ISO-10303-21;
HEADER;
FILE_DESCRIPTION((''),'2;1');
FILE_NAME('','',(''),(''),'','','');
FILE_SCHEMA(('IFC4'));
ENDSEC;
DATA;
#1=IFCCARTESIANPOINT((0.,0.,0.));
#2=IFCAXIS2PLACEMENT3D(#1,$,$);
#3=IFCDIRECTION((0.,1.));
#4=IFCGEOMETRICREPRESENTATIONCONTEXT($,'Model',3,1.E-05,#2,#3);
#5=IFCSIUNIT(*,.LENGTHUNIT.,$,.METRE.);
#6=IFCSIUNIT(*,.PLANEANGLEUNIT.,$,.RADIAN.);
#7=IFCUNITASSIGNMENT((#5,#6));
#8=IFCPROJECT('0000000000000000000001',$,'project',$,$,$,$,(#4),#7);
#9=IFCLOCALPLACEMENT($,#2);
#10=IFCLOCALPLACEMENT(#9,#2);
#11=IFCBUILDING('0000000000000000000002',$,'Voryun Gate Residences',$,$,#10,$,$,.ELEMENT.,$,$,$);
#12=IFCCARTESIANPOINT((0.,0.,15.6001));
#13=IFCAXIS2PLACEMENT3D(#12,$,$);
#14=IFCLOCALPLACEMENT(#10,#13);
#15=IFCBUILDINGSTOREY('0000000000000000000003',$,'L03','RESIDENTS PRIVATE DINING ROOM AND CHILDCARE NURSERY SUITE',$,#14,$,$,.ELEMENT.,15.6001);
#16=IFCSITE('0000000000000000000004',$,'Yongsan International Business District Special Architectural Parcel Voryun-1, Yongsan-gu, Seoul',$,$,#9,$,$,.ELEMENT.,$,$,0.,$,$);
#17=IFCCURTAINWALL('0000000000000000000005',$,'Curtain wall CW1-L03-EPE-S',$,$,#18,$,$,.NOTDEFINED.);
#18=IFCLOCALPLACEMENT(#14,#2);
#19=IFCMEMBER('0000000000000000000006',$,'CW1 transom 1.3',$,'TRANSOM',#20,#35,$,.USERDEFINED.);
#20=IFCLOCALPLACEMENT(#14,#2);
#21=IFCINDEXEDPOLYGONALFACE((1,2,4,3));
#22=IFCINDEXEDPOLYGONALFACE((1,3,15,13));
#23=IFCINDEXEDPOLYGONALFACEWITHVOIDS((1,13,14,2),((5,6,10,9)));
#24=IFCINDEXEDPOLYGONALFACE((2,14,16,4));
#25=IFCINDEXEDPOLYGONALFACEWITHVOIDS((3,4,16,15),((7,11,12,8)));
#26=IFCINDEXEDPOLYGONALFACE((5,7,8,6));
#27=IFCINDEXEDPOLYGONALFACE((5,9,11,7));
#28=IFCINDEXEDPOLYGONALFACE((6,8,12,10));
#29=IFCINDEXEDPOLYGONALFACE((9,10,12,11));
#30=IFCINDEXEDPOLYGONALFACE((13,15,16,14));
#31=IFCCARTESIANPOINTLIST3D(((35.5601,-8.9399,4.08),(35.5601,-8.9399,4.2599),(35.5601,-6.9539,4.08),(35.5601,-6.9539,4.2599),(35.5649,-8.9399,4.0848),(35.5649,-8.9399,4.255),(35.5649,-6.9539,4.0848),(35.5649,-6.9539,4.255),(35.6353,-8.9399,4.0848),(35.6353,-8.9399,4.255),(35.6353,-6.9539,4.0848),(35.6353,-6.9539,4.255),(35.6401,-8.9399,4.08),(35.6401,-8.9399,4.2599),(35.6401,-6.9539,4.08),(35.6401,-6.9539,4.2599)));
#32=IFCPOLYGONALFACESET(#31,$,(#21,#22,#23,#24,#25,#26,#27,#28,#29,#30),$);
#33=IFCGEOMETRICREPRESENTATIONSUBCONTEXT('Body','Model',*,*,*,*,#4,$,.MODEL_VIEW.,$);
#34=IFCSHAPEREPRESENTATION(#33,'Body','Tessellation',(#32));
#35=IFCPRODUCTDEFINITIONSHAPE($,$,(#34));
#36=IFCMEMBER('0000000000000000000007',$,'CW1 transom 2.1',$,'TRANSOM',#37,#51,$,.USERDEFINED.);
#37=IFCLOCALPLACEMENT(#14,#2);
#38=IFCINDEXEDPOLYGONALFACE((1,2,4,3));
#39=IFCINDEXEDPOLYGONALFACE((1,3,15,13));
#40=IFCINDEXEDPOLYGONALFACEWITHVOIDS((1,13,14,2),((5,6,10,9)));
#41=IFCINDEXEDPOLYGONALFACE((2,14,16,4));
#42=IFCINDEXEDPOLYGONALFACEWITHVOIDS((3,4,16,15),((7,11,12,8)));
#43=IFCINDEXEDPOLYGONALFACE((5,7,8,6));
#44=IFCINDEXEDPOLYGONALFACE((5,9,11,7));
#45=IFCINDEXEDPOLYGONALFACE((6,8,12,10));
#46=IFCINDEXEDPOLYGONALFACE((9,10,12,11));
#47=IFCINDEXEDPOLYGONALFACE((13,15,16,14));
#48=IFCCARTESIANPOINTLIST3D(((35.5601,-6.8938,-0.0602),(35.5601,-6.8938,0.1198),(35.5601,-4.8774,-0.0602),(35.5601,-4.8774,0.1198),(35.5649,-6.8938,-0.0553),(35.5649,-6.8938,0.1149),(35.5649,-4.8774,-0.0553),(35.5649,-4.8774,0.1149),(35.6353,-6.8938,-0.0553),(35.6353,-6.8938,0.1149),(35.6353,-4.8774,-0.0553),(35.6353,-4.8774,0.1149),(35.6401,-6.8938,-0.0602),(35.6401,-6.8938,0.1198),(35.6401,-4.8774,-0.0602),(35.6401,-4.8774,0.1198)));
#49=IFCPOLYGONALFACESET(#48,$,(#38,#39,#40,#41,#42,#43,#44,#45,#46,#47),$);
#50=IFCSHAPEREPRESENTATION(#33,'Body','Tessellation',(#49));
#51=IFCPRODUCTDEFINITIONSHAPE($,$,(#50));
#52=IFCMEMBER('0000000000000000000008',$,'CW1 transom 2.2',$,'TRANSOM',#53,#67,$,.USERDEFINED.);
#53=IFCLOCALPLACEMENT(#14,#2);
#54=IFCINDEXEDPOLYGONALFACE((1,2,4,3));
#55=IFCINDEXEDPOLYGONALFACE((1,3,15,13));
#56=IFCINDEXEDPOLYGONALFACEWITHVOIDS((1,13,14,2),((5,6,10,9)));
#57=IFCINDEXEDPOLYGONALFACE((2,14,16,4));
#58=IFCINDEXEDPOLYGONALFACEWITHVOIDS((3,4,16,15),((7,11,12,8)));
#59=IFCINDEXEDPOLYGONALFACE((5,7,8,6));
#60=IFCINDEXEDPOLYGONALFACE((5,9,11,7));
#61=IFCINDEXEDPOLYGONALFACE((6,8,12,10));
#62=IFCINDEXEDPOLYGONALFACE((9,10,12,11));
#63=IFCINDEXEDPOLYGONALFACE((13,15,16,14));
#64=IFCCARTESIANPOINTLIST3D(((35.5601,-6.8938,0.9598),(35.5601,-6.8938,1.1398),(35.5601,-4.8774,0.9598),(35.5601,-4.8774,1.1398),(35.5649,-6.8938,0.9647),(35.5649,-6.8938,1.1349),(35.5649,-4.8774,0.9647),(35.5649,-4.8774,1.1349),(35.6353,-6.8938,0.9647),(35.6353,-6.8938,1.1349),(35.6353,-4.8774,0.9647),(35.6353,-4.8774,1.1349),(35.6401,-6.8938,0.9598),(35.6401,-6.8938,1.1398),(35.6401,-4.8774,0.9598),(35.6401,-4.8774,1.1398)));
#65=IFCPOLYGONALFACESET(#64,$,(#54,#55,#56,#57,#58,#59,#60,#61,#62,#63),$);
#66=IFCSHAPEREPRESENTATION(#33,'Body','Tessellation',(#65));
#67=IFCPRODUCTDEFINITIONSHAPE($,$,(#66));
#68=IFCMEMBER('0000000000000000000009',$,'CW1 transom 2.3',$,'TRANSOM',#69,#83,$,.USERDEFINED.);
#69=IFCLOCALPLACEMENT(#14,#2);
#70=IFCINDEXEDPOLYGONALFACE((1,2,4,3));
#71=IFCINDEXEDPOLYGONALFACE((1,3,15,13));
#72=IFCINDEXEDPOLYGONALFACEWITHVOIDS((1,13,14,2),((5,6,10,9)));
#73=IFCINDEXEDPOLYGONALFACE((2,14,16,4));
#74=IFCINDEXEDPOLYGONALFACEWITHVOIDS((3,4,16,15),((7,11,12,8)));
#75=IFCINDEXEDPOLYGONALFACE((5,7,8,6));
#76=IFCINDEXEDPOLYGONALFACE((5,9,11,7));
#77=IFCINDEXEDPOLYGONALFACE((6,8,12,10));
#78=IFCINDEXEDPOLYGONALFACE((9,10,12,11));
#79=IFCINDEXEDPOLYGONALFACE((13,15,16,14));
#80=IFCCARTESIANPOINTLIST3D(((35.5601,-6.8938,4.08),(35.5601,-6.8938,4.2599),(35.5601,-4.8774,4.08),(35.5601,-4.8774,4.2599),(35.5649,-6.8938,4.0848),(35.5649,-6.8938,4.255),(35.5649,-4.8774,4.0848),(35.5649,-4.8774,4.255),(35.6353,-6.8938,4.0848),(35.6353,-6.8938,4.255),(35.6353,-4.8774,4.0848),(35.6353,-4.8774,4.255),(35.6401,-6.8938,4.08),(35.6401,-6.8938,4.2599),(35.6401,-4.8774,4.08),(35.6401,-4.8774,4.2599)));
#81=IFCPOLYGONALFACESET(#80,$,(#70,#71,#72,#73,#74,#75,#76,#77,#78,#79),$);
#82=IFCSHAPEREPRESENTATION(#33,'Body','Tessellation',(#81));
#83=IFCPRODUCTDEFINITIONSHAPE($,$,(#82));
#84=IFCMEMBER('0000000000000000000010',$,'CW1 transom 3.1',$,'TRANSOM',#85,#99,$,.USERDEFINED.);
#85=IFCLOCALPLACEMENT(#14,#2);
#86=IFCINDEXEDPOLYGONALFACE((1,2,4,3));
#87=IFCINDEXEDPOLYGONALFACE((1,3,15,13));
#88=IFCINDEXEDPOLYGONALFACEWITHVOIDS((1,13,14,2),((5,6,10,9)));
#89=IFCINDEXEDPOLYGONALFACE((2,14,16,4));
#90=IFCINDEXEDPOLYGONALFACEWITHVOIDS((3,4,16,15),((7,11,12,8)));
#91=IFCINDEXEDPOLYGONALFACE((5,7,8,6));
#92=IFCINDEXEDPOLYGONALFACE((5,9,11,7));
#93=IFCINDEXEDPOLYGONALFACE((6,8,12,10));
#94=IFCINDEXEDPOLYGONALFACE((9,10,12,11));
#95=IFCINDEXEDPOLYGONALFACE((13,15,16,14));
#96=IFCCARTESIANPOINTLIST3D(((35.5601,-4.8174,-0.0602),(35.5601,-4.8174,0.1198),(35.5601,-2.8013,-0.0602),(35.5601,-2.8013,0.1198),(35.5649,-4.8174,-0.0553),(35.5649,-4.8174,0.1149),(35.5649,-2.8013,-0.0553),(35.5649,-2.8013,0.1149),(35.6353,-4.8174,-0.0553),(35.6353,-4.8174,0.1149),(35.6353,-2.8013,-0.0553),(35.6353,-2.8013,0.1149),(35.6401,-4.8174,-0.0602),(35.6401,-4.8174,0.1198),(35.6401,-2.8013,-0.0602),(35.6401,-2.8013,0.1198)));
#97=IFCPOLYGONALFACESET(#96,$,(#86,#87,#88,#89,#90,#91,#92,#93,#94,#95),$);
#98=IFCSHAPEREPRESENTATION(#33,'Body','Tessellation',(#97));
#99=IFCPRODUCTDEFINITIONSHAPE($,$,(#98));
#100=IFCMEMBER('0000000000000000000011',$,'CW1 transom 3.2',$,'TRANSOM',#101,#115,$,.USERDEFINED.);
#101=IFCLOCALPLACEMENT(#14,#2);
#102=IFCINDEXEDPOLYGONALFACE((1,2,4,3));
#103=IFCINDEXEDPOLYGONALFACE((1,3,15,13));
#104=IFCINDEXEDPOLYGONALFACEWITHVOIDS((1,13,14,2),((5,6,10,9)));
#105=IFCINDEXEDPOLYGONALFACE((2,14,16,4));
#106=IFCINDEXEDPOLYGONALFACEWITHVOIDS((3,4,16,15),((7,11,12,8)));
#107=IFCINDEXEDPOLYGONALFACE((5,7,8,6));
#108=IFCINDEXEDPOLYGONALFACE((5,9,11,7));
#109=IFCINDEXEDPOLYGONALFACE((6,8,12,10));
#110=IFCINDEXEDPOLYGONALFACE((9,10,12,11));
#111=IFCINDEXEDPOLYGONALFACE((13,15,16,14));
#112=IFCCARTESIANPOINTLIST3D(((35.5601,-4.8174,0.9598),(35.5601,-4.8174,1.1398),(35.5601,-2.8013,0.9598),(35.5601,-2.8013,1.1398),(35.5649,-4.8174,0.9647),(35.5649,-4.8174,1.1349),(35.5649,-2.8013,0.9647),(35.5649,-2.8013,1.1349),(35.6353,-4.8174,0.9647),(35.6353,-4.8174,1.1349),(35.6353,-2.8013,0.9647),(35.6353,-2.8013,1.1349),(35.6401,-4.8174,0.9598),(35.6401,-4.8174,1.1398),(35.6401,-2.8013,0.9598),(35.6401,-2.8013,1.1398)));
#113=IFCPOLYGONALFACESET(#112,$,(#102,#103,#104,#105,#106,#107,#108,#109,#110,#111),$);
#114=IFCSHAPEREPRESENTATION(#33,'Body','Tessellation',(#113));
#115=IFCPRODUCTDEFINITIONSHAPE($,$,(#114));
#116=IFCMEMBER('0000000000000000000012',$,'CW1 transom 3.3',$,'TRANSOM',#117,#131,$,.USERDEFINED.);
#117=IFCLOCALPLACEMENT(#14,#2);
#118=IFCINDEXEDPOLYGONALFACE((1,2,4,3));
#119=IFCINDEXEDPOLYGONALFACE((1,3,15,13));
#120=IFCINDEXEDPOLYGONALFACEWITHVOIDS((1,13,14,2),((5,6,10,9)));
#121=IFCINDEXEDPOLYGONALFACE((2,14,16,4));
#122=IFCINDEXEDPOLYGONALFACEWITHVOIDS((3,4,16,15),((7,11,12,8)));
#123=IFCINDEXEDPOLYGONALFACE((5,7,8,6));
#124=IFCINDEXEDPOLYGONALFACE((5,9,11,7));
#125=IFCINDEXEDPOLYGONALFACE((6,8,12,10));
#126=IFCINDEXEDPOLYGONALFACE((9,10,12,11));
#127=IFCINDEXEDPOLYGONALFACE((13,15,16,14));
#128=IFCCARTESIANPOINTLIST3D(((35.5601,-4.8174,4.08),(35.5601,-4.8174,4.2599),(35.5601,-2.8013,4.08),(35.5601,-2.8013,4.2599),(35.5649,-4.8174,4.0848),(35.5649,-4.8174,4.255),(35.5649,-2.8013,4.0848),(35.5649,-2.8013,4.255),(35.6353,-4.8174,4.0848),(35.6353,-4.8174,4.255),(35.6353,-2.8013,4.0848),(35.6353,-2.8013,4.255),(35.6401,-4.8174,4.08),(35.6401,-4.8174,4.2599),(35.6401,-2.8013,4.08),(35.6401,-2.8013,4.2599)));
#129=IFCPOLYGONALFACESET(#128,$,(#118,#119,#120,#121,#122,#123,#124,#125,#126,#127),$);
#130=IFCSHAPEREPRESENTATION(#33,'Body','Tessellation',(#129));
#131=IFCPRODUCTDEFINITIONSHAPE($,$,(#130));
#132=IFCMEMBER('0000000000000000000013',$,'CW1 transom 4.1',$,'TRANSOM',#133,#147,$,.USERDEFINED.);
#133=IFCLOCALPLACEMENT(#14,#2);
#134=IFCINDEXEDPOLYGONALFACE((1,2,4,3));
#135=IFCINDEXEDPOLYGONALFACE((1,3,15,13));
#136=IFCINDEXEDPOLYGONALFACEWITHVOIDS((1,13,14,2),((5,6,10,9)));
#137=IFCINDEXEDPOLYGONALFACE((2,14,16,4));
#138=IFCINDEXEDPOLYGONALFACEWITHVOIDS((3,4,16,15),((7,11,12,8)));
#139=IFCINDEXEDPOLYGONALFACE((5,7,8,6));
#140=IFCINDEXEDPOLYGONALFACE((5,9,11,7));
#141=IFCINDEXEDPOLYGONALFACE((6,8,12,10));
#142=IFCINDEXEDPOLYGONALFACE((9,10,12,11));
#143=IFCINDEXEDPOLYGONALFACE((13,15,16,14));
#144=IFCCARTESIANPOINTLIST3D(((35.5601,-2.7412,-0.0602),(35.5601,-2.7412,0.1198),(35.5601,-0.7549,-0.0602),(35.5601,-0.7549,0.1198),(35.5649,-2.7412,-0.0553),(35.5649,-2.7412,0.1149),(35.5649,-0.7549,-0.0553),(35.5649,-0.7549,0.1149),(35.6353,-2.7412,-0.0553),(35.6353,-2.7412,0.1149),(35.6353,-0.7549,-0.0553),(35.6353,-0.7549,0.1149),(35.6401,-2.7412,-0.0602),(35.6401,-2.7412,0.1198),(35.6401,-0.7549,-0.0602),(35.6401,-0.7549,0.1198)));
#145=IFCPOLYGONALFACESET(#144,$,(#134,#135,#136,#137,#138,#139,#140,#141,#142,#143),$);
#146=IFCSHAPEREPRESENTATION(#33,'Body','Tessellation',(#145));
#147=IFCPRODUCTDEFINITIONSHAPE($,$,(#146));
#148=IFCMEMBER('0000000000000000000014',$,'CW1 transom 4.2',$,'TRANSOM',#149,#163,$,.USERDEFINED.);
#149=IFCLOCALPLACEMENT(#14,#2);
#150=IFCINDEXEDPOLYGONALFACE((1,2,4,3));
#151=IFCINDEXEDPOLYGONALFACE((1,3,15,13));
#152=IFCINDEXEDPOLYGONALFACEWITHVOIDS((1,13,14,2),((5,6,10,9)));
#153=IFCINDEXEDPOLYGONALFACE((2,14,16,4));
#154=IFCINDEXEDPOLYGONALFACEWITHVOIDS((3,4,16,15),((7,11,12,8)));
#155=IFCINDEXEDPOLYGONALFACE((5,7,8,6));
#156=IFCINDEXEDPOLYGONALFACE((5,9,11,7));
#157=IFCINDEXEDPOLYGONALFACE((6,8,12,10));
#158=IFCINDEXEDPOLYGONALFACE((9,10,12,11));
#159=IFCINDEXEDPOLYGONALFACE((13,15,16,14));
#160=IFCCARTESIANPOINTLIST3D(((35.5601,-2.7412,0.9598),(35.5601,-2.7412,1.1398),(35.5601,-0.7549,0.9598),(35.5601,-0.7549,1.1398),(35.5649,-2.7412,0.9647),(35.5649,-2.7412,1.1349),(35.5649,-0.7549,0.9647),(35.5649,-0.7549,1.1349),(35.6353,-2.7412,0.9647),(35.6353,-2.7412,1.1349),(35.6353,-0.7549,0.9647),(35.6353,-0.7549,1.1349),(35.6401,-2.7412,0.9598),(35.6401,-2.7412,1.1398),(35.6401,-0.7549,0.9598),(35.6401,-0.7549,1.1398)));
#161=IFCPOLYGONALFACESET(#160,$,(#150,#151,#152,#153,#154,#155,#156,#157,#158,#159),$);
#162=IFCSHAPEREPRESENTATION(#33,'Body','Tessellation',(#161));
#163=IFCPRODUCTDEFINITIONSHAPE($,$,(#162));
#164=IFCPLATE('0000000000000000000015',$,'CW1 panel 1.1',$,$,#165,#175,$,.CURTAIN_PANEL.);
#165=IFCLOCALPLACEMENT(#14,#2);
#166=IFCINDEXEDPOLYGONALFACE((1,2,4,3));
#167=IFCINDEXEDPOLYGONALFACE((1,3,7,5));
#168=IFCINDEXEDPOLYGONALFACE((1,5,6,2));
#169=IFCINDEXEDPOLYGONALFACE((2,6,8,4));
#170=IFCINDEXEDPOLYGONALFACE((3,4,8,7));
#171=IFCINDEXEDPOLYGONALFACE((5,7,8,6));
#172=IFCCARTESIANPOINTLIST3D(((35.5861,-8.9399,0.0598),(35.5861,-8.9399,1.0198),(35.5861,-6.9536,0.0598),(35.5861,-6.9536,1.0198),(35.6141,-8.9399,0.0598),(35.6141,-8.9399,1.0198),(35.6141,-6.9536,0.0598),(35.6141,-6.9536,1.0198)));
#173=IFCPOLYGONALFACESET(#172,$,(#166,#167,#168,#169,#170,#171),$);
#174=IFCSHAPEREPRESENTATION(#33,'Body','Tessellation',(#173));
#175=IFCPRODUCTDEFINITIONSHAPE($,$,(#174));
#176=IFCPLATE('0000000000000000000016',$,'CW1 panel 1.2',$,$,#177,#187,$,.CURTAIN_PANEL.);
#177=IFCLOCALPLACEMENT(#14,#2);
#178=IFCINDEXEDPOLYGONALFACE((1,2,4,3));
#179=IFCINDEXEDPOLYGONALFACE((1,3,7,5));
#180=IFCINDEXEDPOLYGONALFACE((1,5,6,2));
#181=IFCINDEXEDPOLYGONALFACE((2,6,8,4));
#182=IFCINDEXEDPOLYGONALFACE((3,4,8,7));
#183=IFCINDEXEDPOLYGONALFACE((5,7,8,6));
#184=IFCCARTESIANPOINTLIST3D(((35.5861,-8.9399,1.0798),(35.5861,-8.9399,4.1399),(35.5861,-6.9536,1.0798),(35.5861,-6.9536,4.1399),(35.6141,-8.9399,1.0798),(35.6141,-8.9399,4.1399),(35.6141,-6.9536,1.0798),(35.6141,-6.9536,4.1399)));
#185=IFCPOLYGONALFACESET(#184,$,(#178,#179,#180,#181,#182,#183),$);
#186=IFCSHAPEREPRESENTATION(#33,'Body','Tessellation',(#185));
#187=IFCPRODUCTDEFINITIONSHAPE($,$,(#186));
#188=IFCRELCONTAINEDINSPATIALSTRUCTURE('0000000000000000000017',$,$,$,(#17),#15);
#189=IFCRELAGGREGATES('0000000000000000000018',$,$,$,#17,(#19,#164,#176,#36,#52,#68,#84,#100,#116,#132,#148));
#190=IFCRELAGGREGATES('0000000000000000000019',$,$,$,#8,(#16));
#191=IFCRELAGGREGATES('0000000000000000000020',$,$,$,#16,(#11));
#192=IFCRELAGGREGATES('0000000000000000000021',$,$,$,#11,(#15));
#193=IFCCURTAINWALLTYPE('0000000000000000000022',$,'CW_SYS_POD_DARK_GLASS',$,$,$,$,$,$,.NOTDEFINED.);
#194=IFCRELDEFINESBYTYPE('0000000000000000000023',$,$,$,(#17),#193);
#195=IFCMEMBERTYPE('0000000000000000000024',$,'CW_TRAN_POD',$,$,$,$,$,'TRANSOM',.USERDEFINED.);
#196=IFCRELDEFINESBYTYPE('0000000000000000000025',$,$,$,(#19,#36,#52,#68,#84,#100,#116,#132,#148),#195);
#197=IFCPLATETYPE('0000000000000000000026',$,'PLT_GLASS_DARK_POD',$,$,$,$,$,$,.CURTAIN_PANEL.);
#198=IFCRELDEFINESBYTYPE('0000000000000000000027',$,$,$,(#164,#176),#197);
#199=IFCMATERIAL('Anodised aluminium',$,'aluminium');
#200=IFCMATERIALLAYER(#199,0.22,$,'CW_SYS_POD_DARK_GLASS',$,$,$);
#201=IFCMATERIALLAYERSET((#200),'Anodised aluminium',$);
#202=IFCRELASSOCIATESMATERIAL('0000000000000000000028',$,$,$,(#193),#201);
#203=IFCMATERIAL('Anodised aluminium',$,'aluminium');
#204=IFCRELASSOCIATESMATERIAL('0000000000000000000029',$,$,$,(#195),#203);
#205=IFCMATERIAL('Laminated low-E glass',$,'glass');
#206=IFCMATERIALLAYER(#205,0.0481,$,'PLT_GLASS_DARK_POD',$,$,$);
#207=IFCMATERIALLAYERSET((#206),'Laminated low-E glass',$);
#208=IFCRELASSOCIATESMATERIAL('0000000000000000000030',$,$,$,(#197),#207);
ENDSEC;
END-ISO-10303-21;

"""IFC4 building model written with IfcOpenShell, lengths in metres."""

from ifc_helpers import new_model, si_unit, direction, frame, origin, origin_2d, place, context, subcontext, project, spatial, rectangle, hollow_rectangle, extrude, material, layer, layer_set, material_profile, profile_set, type_object, element, aggregate, save


model = new_model("IFC4")

# Units and contexts
model_context = context("Model", 3, precision=1e-05, world=origin(), true_north=direction((0.0, 1.0)))
body_context = subcontext(model_context, "Body", "Model", "MODEL_VIEW")
ifc_project = project(units=[si_unit("LENGTHUNIT", "METRE"), si_unit("PLANEANGLEUNIT", "RADIAN")], contexts=[model_context])

# Site, building, storey
site_placement = place(None, origin())
site = spatial("IfcSite", under=ifc_project, at=site_placement, Name="Yongsan International Business District Special Architectural Parcel Voryun-1, Yongsan-gu, Seoul", CompositionType="ELEMENT", RefElevation=0.0)
building_placement = place(site_placement, origin())
building = spatial("IfcBuilding", under=site, at=building_placement, Name="Voryun Gate Residences", CompositionType="ELEMENT")
storey_placement = place(building_placement, frame((0.0, 0.0, 15.6001)))
storey = spatial("IfcBuildingStorey", under=building, at=storey_placement, Name="L03", Description="RESIDENTS PRIVATE DINING ROOM AND CHILDCARE NURSERY SUITE", CompositionType="ELEMENT", Elevation=15.6001)

# Curtain wall, members, plates
ifc_material_1 = material(Name="Anodised aluminium", Category="aluminium")
ifc_layer_1 = layer(ifc_material_1, 0.22, Name="CW_SYS_POD_DARK_GLASS")
ifc_layer_set_1 = layer_set([ifc_layer_1], Name="Anodised aluminium")
curtain_wall_type = type_object("IfcCurtainWallType", Name="CW_SYS_POD_DARK_GLASS", PredefinedType="NOTDEFINED", material=ifc_layer_set_1)
curtain_wall_placement = place(storey_placement, origin())
curtain_wall = element("IfcCurtainWall", 1, at=curtain_wall_placement, inside=storey, type_object=curtain_wall_type, Name="Curtain wall CW1-L03-EPE-S", PredefinedType="NOTDEFINED")
ifc_material_2 = material(Name="Anodised aluminium", Category="aluminium")
ifc_material_profile_1 = material_profile(ifc_material_2, hollow_rectangle(XDim=0.0801, YDim=0.1799, WallThickness=0.0049, at=origin_2d()), Name="ALU-TRAN-180x80x5")
ifc_profile_set_1 = profile_set([ifc_material_profile_1], Name="Anodised aluminium")
member_type_1 = type_object("IfcMemberType", Name="CW_TRAN_POD", ElementType="TRANSOM", PredefinedType="USERDEFINED", material=ifc_profile_set_1)
member_1_placement = place(storey_placement, frame((35.6001, -8.9399, 4.1699), z_axis=(0.0, 1.0, 0.0), x_axis=(-1.0, 0.0, 0.0)))
member_1 = element("IfcMember", 2, at=member_1_placement, type_object=member_type_1, Name="CW1 transom 1.3", ObjectType="TRANSOM", PredefinedType="USERDEFINED", context=body_context, shape_type="SweptSolid", body=[
    extrude(hollow_rectangle(XDim=0.0801, YDim=0.1799, WallThickness=0.0049, at=origin_2d()), origin(), (0.0, 0.0, 1.0), 1.9861),
])
member_2_placement = place(storey_placement, frame((35.6001, -6.8938, 0.0298), z_axis=(0.0, 1.0, 0.0), x_axis=(-1.0, 0.0, 0.0)))
member_2 = element("IfcMember", 3, at=member_2_placement, type_object=member_type_1, Name="CW1 transom 2.1", ObjectType="TRANSOM", PredefinedType="USERDEFINED", context=body_context, shape_type="SweptSolid", body=[
    extrude(hollow_rectangle(XDim=0.0801, YDim=0.1799, WallThickness=0.0049, at=origin_2d()), origin(), (0.0, 0.0, 1.0), 2.0164),
])
member_3_placement = place(storey_placement, frame((35.6001, -6.8938, 1.0498), z_axis=(0.0, 1.0, 0.0), x_axis=(-1.0, 0.0, 0.0)))
member_3 = element("IfcMember", 4, at=member_3_placement, type_object=member_type_1, Name="CW1 transom 2.2", ObjectType="TRANSOM", PredefinedType="USERDEFINED", context=body_context, shape_type="SweptSolid", body=[
    extrude(hollow_rectangle(XDim=0.0801, YDim=0.1799, WallThickness=0.0049, at=origin_2d()), origin(), (0.0, 0.0, 1.0), 2.0164),
])
member_4_placement = place(storey_placement, frame((35.6001, -6.8938, 4.1699), z_axis=(0.0, 1.0, 0.0), x_axis=(-1.0, 0.0, 0.0)))
member_4 = element("IfcMember", 5, at=member_4_placement, type_object=member_type_1, Name="CW1 transom 2.3", ObjectType="TRANSOM", PredefinedType="USERDEFINED", context=body_context, shape_type="SweptSolid", body=[
    extrude(hollow_rectangle(XDim=0.0801, YDim=0.1799, WallThickness=0.0049, at=origin_2d()), origin(), (0.0, 0.0, 1.0), 2.0164),
])
member_5_placement = place(storey_placement, frame((35.6001, -4.8174, 0.0298), z_axis=(0.0, 1.0, 0.0), x_axis=(-1.0, 0.0, 0.0)))
member_5 = element("IfcMember", 6, at=member_5_placement, type_object=member_type_1, Name="CW1 transom 3.1", ObjectType="TRANSOM", PredefinedType="USERDEFINED", context=body_context, shape_type="SweptSolid", body=[
    extrude(hollow_rectangle(XDim=0.0801, YDim=0.1799, WallThickness=0.0049, at=origin_2d()), origin(), (0.0, 0.0, 1.0), 2.0161),
])
member_6_placement = place(storey_placement, frame((35.6001, -4.8174, 1.0498), z_axis=(0.0, 1.0, 0.0), x_axis=(-1.0, 0.0, 0.0)))
member_6 = element("IfcMember", 7, at=member_6_placement, type_object=member_type_1, Name="CW1 transom 3.2", ObjectType="TRANSOM", PredefinedType="USERDEFINED", context=body_context, shape_type="SweptSolid", body=[
    extrude(hollow_rectangle(XDim=0.0801, YDim=0.1799, WallThickness=0.0049, at=origin_2d()), origin(), (0.0, 0.0, 1.0), 2.0161),
])
member_7_placement = place(storey_placement, frame((35.6001, -4.8174, 4.1699), z_axis=(0.0, 1.0, 0.0), x_axis=(-1.0, 0.0, 0.0)))
member_7 = element("IfcMember", 8, at=member_7_placement, type_object=member_type_1, Name="CW1 transom 3.3", ObjectType="TRANSOM", PredefinedType="USERDEFINED", context=body_context, shape_type="SweptSolid", body=[
    extrude(hollow_rectangle(XDim=0.0801, YDim=0.1799, WallThickness=0.0049, at=origin_2d()), origin(), (0.0, 0.0, 1.0), 2.0161),
])
member_8_placement = place(storey_placement, frame((35.6001, -2.7412, 0.0298), z_axis=(0.0, 1.0, 0.0), x_axis=(-1.0, 0.0, 0.0)))
member_8 = element("IfcMember", 9, at=member_8_placement, type_object=member_type_1, Name="CW1 transom 4.1", ObjectType="TRANSOM", PredefinedType="USERDEFINED", context=body_context, shape_type="SweptSolid", body=[
    extrude(hollow_rectangle(XDim=0.0801, YDim=0.1799, WallThickness=0.0049, at=origin_2d()), origin(), (0.0, 0.0, 1.0), 1.9863),
])
member_9_placement = place(storey_placement, frame((35.6001, -2.7412, 1.0498), z_axis=(0.0, 1.0, 0.0), x_axis=(-1.0, 0.0, 0.0)))
member_9 = element("IfcMember", 10, at=member_9_placement, type_object=member_type_1, Name="CW1 transom 4.2", ObjectType="TRANSOM", PredefinedType="USERDEFINED", context=body_context, shape_type="SweptSolid", body=[
    extrude(hollow_rectangle(XDim=0.0801, YDim=0.1799, WallThickness=0.0049, at=origin_2d()), origin(), (0.0, 0.0, 1.0), 1.9863),
])
ifc_material_3 = material(Name="Laminated low-E glass", Category="glass")
ifc_layer_2 = layer(ifc_material_3, 0.0481, Name="PLT_GLASS_DARK_POD")
ifc_layer_set_2 = layer_set([ifc_layer_2], Name="Laminated low-E glass")
plate_type = type_object("IfcPlateType", Name="PLT_GLASS_DARK_POD", PredefinedType="CURTAIN_PANEL", material=ifc_layer_set_2)
plate_1_placement = place(storey_placement, frame((35.6001, -7.9468, 0.0598), z_axis=(0.0, 0.0, 1.0), x_axis=(0.0, 1.0, 0.0)))
plate_1 = element("IfcPlate", 11, at=plate_1_placement, type_object=plate_type, Name="CW1 panel 1.1", PredefinedType="CURTAIN_PANEL", context=body_context, shape_type="SweptSolid", body=[
    extrude(rectangle(XDim=1.9863, YDim=0.0281, at=origin_2d()), origin(), (0.0, 0.0, 1.0), 0.96),
])
plate_2_placement = place(storey_placement, frame((35.6001, -7.9468, 1.0798), z_axis=(0.0, 0.0, 1.0), x_axis=(0.0, 1.0, 0.0)))
plate_2 = element("IfcPlate", 12, at=plate_2_placement, type_object=plate_type, Name="CW1 panel 1.2", PredefinedType="CURTAIN_PANEL", context=body_context, shape_type="SweptSolid", body=[
    extrude(rectangle(XDim=1.9863, YDim=0.0281, at=origin_2d()), origin(), (0.0, 0.0, 1.0), 3.0601),
])
aggregate(curtain_wall, [member_1, plate_1, plate_2, member_2, member_3, member_4, member_5, member_6, member_7, member_8, member_9])

save(model, "model.ifc")
